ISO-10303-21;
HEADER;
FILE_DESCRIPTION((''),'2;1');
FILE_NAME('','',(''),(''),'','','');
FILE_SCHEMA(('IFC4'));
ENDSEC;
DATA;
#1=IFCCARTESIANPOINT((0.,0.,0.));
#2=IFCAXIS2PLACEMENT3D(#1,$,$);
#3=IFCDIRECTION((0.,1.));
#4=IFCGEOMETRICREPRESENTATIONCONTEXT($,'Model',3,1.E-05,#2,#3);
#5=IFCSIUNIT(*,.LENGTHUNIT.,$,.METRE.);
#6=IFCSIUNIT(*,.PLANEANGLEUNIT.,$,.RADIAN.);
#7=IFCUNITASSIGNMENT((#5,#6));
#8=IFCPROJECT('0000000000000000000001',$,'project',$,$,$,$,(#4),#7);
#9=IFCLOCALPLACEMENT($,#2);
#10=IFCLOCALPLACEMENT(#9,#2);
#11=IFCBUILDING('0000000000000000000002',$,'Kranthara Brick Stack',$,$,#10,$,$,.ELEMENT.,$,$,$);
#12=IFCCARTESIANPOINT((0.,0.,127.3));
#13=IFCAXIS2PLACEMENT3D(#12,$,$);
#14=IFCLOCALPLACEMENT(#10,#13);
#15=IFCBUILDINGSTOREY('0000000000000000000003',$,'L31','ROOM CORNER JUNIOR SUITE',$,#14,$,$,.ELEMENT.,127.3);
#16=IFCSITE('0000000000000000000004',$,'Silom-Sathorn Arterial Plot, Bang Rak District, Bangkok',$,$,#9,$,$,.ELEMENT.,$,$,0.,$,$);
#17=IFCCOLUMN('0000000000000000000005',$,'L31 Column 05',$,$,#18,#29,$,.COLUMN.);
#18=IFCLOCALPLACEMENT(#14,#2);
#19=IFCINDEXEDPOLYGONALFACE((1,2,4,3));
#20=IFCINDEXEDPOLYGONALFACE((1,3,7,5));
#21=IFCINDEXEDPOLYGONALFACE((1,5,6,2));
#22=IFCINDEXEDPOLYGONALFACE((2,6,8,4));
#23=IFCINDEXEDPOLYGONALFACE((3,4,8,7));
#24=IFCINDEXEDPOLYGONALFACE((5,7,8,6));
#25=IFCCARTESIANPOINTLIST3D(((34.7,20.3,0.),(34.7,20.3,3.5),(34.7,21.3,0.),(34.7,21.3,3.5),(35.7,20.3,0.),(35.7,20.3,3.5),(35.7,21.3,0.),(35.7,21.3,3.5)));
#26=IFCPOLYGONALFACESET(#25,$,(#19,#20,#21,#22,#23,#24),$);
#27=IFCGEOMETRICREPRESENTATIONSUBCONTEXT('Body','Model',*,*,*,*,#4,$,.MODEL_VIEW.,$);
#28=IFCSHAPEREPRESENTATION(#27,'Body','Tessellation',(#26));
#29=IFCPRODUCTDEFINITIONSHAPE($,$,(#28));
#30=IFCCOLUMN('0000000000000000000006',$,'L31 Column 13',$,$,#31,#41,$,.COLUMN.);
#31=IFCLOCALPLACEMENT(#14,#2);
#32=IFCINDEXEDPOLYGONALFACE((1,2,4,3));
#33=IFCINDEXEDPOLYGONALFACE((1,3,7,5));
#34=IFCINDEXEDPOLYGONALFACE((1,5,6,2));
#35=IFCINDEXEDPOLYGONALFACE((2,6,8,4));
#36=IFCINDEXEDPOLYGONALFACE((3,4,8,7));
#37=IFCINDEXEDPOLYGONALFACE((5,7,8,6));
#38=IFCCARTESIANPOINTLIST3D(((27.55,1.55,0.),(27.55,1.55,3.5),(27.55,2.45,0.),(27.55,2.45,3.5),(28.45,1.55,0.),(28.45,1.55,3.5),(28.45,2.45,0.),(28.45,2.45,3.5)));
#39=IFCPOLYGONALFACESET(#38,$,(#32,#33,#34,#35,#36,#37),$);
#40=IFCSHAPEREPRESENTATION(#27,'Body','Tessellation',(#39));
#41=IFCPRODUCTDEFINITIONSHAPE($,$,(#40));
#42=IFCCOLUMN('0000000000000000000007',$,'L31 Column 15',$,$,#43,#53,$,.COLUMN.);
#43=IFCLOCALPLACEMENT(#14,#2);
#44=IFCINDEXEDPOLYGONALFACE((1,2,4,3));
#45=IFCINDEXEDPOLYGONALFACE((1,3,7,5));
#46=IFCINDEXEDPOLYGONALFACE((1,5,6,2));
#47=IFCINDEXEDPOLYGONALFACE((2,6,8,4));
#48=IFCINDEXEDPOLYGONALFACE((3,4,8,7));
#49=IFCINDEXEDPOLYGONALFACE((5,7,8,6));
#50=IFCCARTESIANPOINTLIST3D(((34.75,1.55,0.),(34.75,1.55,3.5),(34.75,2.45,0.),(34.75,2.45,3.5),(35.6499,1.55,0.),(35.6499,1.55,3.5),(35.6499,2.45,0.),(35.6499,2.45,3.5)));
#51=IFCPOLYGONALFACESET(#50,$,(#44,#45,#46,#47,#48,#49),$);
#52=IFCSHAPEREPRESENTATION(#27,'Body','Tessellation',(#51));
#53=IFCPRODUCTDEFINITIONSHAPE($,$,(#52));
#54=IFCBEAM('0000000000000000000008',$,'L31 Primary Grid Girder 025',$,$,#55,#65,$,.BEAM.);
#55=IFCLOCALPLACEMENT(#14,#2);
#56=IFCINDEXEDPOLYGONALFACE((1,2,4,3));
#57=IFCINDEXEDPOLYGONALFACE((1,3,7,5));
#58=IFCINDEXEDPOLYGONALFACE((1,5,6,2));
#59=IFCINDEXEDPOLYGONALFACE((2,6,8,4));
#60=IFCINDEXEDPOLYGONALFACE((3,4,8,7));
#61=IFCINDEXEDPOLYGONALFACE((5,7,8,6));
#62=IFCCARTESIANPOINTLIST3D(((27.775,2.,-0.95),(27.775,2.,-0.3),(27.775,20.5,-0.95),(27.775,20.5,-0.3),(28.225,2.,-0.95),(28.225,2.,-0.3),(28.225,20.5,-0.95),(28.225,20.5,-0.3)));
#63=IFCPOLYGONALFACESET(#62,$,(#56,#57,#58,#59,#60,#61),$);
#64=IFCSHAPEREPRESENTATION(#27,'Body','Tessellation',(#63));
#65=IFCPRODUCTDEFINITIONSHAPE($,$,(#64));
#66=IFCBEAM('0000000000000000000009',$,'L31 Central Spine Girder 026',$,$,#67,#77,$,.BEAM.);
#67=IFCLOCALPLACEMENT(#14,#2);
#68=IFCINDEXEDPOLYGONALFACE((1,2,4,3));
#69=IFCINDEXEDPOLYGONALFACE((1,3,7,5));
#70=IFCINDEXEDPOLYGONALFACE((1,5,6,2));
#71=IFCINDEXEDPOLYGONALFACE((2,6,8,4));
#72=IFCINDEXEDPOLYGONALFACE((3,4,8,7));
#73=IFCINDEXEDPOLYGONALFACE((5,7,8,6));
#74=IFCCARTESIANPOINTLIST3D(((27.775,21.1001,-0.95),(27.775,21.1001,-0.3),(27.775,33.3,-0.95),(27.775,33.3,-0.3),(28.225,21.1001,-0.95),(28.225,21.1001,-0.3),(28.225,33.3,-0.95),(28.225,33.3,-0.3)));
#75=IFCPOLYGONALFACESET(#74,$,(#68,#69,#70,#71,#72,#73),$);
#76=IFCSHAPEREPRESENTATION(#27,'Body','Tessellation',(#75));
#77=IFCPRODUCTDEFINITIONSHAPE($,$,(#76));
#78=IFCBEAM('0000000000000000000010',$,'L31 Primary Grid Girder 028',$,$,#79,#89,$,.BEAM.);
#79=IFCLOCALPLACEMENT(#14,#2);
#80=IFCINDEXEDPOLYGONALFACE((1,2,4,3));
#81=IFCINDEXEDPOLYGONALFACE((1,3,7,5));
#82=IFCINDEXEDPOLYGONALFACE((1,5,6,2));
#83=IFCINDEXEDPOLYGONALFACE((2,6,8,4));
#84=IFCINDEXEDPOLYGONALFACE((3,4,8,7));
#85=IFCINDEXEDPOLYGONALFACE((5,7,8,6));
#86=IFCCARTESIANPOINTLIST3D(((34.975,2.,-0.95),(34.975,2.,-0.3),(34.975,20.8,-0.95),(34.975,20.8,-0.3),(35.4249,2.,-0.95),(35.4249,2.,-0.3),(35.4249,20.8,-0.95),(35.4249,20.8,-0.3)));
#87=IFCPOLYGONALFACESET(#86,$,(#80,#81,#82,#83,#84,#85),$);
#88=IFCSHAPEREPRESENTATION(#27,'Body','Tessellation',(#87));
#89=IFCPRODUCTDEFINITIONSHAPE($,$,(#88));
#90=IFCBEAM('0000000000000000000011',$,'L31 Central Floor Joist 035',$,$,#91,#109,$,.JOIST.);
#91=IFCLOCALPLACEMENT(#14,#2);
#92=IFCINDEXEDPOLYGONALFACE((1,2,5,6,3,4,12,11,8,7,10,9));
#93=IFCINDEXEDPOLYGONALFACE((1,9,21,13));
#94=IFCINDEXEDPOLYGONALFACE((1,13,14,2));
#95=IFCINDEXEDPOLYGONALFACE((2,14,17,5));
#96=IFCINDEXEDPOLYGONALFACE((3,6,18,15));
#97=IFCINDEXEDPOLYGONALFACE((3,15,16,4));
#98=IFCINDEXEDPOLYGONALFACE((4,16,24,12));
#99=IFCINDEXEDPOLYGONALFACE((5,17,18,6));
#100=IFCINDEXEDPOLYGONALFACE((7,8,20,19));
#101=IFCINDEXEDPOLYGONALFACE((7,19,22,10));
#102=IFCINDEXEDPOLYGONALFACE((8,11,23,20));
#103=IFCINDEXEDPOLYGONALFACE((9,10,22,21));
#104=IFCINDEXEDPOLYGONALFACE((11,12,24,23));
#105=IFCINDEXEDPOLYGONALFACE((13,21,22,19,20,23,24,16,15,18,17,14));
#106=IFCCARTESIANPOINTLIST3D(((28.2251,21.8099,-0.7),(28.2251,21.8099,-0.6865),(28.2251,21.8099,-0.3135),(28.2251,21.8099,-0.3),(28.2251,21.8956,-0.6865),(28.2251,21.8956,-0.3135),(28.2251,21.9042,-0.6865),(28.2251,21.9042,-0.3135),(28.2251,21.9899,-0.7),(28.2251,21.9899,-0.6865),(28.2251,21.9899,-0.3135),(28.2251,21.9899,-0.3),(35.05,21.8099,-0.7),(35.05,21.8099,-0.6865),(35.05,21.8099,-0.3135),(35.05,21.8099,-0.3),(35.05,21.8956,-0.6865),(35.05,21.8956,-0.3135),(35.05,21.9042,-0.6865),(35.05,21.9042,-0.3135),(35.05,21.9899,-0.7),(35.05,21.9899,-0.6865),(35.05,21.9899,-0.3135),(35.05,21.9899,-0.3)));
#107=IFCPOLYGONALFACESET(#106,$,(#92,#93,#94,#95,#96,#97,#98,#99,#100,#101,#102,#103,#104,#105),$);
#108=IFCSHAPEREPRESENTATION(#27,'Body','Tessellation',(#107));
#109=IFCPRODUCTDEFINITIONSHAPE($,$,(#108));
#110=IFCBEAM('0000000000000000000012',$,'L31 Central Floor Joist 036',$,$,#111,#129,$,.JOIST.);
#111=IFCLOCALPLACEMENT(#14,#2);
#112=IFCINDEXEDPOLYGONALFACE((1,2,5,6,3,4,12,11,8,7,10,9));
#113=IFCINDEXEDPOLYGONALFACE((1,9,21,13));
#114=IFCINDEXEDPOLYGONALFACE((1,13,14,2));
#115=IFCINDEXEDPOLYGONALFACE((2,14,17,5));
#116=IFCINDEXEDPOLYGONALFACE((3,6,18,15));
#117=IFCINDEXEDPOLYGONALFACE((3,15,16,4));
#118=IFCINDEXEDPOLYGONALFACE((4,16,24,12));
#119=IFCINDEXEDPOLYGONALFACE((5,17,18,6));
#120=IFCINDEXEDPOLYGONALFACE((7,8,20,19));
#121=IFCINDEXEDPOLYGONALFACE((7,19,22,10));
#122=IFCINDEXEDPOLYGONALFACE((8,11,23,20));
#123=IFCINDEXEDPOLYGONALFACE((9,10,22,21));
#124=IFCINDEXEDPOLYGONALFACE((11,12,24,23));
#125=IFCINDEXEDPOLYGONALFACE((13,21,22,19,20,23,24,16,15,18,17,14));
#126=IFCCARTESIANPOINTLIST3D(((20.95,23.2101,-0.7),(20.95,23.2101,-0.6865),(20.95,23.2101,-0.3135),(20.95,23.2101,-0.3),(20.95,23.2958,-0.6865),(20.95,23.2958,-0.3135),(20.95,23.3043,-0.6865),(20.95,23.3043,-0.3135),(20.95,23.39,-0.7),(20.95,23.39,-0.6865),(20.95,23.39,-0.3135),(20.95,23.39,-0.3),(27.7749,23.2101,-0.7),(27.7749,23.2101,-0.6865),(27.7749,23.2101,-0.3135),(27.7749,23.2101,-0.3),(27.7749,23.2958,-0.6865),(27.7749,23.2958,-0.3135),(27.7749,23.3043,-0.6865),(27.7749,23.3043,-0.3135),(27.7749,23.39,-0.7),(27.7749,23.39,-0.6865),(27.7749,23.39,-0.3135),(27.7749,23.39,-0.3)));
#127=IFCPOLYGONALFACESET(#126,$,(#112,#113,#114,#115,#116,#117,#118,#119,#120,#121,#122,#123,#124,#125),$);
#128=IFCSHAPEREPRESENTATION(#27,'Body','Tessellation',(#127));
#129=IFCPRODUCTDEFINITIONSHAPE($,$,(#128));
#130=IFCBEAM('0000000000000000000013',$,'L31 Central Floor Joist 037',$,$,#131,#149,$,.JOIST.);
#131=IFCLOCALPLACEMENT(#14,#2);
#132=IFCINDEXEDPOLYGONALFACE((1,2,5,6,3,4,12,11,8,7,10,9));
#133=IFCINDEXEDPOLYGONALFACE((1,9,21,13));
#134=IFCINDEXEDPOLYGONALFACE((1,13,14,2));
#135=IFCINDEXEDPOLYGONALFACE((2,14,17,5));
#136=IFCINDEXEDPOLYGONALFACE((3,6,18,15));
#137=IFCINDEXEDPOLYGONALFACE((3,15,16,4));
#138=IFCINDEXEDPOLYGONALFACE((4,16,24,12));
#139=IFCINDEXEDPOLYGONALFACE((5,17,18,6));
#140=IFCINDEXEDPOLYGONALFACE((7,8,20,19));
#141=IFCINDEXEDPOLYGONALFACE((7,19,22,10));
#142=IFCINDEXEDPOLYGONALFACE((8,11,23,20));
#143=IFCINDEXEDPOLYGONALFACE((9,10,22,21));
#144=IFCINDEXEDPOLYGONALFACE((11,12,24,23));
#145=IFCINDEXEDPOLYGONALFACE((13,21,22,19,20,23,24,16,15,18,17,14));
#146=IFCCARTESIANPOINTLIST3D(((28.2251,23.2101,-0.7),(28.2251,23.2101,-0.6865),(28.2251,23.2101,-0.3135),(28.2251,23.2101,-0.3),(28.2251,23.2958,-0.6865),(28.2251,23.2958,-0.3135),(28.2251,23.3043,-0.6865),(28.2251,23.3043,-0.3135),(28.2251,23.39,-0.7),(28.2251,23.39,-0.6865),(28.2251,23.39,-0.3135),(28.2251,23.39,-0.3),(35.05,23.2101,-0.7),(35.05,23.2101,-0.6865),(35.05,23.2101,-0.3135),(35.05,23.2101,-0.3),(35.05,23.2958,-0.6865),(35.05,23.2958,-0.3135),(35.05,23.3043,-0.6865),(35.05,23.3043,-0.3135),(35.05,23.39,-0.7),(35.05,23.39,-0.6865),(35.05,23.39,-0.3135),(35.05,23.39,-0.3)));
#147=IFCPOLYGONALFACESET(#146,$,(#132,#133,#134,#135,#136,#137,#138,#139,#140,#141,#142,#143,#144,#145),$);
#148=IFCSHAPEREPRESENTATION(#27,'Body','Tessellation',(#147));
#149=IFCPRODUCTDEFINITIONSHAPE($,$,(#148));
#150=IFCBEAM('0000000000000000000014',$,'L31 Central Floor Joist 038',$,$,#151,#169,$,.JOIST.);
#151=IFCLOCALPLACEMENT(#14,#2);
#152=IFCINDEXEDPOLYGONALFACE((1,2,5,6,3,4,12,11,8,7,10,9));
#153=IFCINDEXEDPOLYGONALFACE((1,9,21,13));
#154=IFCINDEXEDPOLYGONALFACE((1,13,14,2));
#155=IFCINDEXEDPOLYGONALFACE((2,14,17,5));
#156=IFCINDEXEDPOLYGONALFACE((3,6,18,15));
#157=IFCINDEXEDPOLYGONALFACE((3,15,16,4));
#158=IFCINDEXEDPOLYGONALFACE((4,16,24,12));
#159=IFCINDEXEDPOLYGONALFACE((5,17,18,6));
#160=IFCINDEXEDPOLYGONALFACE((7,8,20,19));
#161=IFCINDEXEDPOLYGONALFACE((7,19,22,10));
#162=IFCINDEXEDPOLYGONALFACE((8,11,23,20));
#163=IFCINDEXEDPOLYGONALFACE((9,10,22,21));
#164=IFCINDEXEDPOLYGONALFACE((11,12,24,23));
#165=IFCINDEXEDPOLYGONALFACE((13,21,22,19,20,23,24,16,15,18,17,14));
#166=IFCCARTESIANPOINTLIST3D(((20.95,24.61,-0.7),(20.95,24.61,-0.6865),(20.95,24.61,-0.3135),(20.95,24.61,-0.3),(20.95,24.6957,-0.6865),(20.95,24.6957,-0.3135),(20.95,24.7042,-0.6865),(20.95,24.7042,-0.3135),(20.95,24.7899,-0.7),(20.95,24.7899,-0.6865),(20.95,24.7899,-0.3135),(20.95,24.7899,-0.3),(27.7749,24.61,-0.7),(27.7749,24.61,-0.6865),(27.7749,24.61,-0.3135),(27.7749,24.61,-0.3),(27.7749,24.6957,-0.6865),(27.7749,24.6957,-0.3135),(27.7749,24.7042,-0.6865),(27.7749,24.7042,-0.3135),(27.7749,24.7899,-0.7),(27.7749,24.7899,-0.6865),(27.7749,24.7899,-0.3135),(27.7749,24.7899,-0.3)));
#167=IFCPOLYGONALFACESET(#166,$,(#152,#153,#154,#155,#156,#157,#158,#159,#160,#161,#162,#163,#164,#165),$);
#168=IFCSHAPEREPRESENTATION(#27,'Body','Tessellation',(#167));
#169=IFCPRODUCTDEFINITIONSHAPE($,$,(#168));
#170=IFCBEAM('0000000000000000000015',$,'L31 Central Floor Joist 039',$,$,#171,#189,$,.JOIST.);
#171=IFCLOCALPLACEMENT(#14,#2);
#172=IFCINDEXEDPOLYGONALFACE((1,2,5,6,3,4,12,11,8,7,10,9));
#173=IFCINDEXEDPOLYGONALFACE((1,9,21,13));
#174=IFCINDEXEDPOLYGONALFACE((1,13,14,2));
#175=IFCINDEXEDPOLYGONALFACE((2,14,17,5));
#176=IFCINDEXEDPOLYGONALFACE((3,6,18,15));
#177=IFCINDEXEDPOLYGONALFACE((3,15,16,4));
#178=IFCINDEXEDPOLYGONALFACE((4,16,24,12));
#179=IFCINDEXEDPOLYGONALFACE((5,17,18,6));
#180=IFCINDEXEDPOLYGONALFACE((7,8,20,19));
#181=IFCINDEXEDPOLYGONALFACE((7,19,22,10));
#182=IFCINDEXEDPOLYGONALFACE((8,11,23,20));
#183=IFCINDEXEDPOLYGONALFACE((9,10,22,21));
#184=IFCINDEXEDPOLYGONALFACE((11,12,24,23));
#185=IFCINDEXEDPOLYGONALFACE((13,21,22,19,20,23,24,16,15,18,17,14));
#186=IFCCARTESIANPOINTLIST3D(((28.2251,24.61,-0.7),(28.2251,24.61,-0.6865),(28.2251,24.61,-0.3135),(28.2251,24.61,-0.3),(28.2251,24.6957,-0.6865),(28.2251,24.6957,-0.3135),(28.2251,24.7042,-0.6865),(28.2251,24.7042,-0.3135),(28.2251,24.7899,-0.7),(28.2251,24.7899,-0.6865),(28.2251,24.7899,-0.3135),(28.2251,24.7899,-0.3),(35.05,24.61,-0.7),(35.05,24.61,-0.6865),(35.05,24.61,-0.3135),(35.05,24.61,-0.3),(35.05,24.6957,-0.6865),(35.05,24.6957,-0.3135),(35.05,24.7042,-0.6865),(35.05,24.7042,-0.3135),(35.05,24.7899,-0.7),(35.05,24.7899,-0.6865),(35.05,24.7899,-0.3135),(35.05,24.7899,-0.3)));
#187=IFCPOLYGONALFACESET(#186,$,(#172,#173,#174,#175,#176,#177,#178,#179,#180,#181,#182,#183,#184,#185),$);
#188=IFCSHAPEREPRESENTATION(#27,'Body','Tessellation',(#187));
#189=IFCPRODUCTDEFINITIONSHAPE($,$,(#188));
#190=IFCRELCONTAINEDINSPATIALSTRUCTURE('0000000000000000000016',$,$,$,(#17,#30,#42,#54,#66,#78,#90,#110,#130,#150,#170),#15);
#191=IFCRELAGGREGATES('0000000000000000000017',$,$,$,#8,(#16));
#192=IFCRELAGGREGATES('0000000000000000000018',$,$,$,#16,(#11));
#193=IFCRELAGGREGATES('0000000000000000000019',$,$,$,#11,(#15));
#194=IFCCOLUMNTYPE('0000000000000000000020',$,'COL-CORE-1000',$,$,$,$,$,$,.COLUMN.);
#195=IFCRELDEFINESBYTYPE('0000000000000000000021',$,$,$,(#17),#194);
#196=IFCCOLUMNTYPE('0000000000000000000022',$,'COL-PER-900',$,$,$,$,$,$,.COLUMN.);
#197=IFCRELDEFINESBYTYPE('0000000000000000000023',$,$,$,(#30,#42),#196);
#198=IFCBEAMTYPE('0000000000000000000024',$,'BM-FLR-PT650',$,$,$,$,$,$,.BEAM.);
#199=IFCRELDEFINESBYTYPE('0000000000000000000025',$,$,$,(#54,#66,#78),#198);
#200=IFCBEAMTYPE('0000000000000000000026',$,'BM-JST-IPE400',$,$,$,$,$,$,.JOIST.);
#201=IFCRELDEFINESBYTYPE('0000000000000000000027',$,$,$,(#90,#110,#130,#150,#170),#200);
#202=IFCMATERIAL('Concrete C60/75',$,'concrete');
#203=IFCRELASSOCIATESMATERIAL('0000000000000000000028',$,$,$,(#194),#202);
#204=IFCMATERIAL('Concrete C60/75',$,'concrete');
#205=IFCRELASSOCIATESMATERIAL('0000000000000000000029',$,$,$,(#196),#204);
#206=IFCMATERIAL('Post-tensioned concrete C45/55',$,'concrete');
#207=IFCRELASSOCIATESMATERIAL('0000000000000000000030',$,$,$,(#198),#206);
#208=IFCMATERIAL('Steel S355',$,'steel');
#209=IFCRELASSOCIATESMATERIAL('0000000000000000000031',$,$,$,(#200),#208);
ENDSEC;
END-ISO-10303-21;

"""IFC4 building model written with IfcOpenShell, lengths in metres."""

from ifc_helpers import new_model, si_unit, direction, frame, origin, origin_2d, place, context, subcontext, project, spatial, rectangle, i_section, extrude, material, material_profile, profile_set, type_object, element, save


model = new_model("IFC4")

# Units and contexts
model_context = context("Model", 3, precision=1e-05, world=origin(), true_north=direction((0.0, 1.0)))
body_context = subcontext(model_context, "Body", "Model", "MODEL_VIEW")
ifc_project = project(units=[si_unit("LENGTHUNIT", "METRE"), si_unit("PLANEANGLEUNIT", "RADIAN")], contexts=[model_context])

# Site, building, storey
site_placement = place(None, origin())
site = spatial("IfcSite", under=ifc_project, at=site_placement, Name="Silom-Sathorn Arterial Plot, Bang Rak District, Bangkok", CompositionType="ELEMENT", RefElevation=0.0)
building_placement = place(site_placement, origin())
building = spatial("IfcBuilding", under=site, at=building_placement, Name="Kranthara Brick Stack", CompositionType="ELEMENT")
storey_placement = place(building_placement, frame((0.0, 0.0, 127.3)))
storey = spatial("IfcBuildingStorey", under=building, at=storey_placement, Name="L31", Description="ROOM CORNER JUNIOR SUITE", CompositionType="ELEMENT", Elevation=127.3)

# Columns
ifc_material_1 = material(Name="Concrete C60/75", Category="concrete")
ifc_material_profile_1 = material_profile(ifc_material_1, rectangle(XDim=1.0, YDim=1.0, at=origin_2d()), Name="RC 1000x1000")
ifc_profile_set_1 = profile_set([ifc_material_profile_1], Name="Concrete C60/75")
column_type_1 = type_object("IfcColumnType", Name="COL-CORE-1000", PredefinedType="COLUMN", material=ifc_profile_set_1)
column_placement = place(storey_placement, frame((35.2, 20.8, 0.0), z_axis=(0.0, 0.0, 1.0), x_axis=(1.0, 0.0, 0.0)))
element("IfcColumn", 1, at=column_placement, inside=storey, type_object=column_type_1, Name="L31 Column 05", PredefinedType="COLUMN", context=body_context, shape_type="SweptSolid", body=[
    extrude(rectangle(XDim=1.0, YDim=1.0, at=origin_2d()), origin(), (0.0, 0.0, 1.0), 3.5),
])
ifc_material_2 = material(Name="Concrete C60/75", Category="concrete")
ifc_material_profile_2 = material_profile(ifc_material_2, rectangle(XDim=0.8999, YDim=0.8999, at=origin_2d()), Name="RC 900x900")
ifc_profile_set_2 = profile_set([ifc_material_profile_2], Name="Concrete C60/75")
column_type_2 = type_object("IfcColumnType", Name="COL-PER-900", PredefinedType="COLUMN", material=ifc_profile_set_2)
for number, where, z_axis, x_axis, name in (
    (2, (28.0, 2.0, 0.0), (0.0, 0.0, 1.0), (1.0, 0.0, 0.0), "L31 Column 13"),
    (3, (35.2, 2.0, 0.0), (0.0, 0.0, 1.0), (1.0, 0.0, 0.0), "L31 Column 15"),
):
    element("IfcColumn", number, at=place(storey_placement, frame(where, z_axis=z_axis, x_axis=x_axis)), inside=storey, type_object=column_type_2, Name=name, PredefinedType="COLUMN", context=body_context, shape_type="SweptSolid", body=[
        extrude(rectangle(XDim=0.8999, YDim=0.8999, at=origin_2d()), origin(), (0.0, 0.0, 1.0), 3.5),
    ])

# Beams
ifc_material_3 = material(Name="Post-tensioned concrete C45/55", Category="concrete")
ifc_material_profile_3 = material_profile(ifc_material_3, rectangle(XDim=0.45, YDim=0.6499, at=origin_2d()), Name="PT 450x650")
ifc_profile_set_3 = profile_set([ifc_material_profile_3], Name="Post-tensioned concrete C45/55")
beam_type_1 = type_object("IfcBeamType", Name="BM-FLR-PT650", PredefinedType="BEAM", material=ifc_profile_set_3)
beam_1_placement = place(storey_placement, frame((28.0, 2.0, -0.625), z_axis=(0.0, 1.0, 0.0), x_axis=(-1.0, 0.0, 0.0)))
element("IfcBeam", 4, at=beam_1_placement, inside=storey, type_object=beam_type_1, Name="L31 Primary Grid Girder 025", PredefinedType="BEAM", context=body_context, shape_type="SweptSolid", body=[
    extrude(rectangle(XDim=0.45, YDim=0.6499, at=origin_2d()), origin(), (0.0, 0.0, 1.0), 18.5),
])
beam_2_placement = place(storey_placement, frame((28.0, 21.1001, -0.625), z_axis=(0.0, 1.0, 0.0), x_axis=(-1.0, 0.0, 0.0)))
element("IfcBeam", 5, at=beam_2_placement, inside=storey, type_object=beam_type_1, Name="L31 Central Spine Girder 026", PredefinedType="BEAM", context=body_context, shape_type="SweptSolid", body=[
    extrude(rectangle(XDim=0.45, YDim=0.6499, at=origin_2d()), origin(), (0.0, 0.0, 1.0), 12.2),
])
beam_3_placement = place(storey_placement, frame((35.2, 2.0, -0.625), z_axis=(0.0, 1.0, 0.0), x_axis=(-1.0, 0.0, 0.0)))
element("IfcBeam", 6, at=beam_3_placement, inside=storey, type_object=beam_type_1, Name="L31 Primary Grid Girder 028", PredefinedType="BEAM", context=body_context, shape_type="SweptSolid", body=[
    extrude(rectangle(XDim=0.45, YDim=0.6499, at=origin_2d()), origin(), (0.0, 0.0, 1.0), 18.8),
])
ifc_material_4 = material(Name="Steel S355", Category="steel")
ifc_material_profile_4 = material_profile(ifc_material_4, i_section(OverallWidth=0.1799, OverallDepth=0.3999, WebThickness=0.0085, FlangeThickness=0.0134, at=origin_2d()), Name="IPE 400")
ifc_profile_set_4 = profile_set([ifc_material_profile_4], Name="Steel S355")
beam_type_2 = type_object("IfcBeamType", Name="BM-JST-IPE400", PredefinedType="JOIST", material=ifc_profile_set_4)
for number, where, z_axis, x_axis, name in (
    (7, (28.2251, 21.8999, -0.5), (1.0, 0.0, 0.0), (0.0, 1.0, 0.0), "L31 Central Floor Joist 035"),
    (8, (20.95, 23.3, -0.5), (1.0, 0.0, 0.0), (0.0, 1.0, 0.0), "L31 Central Floor Joist 036"),
    (9, (28.2251, 23.3, -0.5), (1.0, 0.0, 0.0), (0.0, 1.0, 0.0), "L31 Central Floor Joist 037"),
    (10, (20.95, 24.7, -0.5), (1.0, 0.0, 0.0), (0.0, 1.0, 0.0), "L31 Central Floor Joist 038"),
    (11, (28.2251, 24.7, -0.5), (1.0, 0.0, 0.0), (0.0, 1.0, 0.0), "L31 Central Floor Joist 039"),
):
    element("IfcBeam", number, at=place(storey_placement, frame(where, z_axis=z_axis, x_axis=x_axis)), inside=storey, type_object=beam_type_2, Name=name, PredefinedType="JOIST", context=body_context, shape_type="SweptSolid", body=[
        extrude(i_section(OverallWidth=0.1799, OverallDepth=0.3999, WebThickness=0.0085, FlangeThickness=0.0134, at=origin_2d()), origin(), (0.0, 0.0, 1.0), 6.825),
    ])

save(model, "model.ifc")
